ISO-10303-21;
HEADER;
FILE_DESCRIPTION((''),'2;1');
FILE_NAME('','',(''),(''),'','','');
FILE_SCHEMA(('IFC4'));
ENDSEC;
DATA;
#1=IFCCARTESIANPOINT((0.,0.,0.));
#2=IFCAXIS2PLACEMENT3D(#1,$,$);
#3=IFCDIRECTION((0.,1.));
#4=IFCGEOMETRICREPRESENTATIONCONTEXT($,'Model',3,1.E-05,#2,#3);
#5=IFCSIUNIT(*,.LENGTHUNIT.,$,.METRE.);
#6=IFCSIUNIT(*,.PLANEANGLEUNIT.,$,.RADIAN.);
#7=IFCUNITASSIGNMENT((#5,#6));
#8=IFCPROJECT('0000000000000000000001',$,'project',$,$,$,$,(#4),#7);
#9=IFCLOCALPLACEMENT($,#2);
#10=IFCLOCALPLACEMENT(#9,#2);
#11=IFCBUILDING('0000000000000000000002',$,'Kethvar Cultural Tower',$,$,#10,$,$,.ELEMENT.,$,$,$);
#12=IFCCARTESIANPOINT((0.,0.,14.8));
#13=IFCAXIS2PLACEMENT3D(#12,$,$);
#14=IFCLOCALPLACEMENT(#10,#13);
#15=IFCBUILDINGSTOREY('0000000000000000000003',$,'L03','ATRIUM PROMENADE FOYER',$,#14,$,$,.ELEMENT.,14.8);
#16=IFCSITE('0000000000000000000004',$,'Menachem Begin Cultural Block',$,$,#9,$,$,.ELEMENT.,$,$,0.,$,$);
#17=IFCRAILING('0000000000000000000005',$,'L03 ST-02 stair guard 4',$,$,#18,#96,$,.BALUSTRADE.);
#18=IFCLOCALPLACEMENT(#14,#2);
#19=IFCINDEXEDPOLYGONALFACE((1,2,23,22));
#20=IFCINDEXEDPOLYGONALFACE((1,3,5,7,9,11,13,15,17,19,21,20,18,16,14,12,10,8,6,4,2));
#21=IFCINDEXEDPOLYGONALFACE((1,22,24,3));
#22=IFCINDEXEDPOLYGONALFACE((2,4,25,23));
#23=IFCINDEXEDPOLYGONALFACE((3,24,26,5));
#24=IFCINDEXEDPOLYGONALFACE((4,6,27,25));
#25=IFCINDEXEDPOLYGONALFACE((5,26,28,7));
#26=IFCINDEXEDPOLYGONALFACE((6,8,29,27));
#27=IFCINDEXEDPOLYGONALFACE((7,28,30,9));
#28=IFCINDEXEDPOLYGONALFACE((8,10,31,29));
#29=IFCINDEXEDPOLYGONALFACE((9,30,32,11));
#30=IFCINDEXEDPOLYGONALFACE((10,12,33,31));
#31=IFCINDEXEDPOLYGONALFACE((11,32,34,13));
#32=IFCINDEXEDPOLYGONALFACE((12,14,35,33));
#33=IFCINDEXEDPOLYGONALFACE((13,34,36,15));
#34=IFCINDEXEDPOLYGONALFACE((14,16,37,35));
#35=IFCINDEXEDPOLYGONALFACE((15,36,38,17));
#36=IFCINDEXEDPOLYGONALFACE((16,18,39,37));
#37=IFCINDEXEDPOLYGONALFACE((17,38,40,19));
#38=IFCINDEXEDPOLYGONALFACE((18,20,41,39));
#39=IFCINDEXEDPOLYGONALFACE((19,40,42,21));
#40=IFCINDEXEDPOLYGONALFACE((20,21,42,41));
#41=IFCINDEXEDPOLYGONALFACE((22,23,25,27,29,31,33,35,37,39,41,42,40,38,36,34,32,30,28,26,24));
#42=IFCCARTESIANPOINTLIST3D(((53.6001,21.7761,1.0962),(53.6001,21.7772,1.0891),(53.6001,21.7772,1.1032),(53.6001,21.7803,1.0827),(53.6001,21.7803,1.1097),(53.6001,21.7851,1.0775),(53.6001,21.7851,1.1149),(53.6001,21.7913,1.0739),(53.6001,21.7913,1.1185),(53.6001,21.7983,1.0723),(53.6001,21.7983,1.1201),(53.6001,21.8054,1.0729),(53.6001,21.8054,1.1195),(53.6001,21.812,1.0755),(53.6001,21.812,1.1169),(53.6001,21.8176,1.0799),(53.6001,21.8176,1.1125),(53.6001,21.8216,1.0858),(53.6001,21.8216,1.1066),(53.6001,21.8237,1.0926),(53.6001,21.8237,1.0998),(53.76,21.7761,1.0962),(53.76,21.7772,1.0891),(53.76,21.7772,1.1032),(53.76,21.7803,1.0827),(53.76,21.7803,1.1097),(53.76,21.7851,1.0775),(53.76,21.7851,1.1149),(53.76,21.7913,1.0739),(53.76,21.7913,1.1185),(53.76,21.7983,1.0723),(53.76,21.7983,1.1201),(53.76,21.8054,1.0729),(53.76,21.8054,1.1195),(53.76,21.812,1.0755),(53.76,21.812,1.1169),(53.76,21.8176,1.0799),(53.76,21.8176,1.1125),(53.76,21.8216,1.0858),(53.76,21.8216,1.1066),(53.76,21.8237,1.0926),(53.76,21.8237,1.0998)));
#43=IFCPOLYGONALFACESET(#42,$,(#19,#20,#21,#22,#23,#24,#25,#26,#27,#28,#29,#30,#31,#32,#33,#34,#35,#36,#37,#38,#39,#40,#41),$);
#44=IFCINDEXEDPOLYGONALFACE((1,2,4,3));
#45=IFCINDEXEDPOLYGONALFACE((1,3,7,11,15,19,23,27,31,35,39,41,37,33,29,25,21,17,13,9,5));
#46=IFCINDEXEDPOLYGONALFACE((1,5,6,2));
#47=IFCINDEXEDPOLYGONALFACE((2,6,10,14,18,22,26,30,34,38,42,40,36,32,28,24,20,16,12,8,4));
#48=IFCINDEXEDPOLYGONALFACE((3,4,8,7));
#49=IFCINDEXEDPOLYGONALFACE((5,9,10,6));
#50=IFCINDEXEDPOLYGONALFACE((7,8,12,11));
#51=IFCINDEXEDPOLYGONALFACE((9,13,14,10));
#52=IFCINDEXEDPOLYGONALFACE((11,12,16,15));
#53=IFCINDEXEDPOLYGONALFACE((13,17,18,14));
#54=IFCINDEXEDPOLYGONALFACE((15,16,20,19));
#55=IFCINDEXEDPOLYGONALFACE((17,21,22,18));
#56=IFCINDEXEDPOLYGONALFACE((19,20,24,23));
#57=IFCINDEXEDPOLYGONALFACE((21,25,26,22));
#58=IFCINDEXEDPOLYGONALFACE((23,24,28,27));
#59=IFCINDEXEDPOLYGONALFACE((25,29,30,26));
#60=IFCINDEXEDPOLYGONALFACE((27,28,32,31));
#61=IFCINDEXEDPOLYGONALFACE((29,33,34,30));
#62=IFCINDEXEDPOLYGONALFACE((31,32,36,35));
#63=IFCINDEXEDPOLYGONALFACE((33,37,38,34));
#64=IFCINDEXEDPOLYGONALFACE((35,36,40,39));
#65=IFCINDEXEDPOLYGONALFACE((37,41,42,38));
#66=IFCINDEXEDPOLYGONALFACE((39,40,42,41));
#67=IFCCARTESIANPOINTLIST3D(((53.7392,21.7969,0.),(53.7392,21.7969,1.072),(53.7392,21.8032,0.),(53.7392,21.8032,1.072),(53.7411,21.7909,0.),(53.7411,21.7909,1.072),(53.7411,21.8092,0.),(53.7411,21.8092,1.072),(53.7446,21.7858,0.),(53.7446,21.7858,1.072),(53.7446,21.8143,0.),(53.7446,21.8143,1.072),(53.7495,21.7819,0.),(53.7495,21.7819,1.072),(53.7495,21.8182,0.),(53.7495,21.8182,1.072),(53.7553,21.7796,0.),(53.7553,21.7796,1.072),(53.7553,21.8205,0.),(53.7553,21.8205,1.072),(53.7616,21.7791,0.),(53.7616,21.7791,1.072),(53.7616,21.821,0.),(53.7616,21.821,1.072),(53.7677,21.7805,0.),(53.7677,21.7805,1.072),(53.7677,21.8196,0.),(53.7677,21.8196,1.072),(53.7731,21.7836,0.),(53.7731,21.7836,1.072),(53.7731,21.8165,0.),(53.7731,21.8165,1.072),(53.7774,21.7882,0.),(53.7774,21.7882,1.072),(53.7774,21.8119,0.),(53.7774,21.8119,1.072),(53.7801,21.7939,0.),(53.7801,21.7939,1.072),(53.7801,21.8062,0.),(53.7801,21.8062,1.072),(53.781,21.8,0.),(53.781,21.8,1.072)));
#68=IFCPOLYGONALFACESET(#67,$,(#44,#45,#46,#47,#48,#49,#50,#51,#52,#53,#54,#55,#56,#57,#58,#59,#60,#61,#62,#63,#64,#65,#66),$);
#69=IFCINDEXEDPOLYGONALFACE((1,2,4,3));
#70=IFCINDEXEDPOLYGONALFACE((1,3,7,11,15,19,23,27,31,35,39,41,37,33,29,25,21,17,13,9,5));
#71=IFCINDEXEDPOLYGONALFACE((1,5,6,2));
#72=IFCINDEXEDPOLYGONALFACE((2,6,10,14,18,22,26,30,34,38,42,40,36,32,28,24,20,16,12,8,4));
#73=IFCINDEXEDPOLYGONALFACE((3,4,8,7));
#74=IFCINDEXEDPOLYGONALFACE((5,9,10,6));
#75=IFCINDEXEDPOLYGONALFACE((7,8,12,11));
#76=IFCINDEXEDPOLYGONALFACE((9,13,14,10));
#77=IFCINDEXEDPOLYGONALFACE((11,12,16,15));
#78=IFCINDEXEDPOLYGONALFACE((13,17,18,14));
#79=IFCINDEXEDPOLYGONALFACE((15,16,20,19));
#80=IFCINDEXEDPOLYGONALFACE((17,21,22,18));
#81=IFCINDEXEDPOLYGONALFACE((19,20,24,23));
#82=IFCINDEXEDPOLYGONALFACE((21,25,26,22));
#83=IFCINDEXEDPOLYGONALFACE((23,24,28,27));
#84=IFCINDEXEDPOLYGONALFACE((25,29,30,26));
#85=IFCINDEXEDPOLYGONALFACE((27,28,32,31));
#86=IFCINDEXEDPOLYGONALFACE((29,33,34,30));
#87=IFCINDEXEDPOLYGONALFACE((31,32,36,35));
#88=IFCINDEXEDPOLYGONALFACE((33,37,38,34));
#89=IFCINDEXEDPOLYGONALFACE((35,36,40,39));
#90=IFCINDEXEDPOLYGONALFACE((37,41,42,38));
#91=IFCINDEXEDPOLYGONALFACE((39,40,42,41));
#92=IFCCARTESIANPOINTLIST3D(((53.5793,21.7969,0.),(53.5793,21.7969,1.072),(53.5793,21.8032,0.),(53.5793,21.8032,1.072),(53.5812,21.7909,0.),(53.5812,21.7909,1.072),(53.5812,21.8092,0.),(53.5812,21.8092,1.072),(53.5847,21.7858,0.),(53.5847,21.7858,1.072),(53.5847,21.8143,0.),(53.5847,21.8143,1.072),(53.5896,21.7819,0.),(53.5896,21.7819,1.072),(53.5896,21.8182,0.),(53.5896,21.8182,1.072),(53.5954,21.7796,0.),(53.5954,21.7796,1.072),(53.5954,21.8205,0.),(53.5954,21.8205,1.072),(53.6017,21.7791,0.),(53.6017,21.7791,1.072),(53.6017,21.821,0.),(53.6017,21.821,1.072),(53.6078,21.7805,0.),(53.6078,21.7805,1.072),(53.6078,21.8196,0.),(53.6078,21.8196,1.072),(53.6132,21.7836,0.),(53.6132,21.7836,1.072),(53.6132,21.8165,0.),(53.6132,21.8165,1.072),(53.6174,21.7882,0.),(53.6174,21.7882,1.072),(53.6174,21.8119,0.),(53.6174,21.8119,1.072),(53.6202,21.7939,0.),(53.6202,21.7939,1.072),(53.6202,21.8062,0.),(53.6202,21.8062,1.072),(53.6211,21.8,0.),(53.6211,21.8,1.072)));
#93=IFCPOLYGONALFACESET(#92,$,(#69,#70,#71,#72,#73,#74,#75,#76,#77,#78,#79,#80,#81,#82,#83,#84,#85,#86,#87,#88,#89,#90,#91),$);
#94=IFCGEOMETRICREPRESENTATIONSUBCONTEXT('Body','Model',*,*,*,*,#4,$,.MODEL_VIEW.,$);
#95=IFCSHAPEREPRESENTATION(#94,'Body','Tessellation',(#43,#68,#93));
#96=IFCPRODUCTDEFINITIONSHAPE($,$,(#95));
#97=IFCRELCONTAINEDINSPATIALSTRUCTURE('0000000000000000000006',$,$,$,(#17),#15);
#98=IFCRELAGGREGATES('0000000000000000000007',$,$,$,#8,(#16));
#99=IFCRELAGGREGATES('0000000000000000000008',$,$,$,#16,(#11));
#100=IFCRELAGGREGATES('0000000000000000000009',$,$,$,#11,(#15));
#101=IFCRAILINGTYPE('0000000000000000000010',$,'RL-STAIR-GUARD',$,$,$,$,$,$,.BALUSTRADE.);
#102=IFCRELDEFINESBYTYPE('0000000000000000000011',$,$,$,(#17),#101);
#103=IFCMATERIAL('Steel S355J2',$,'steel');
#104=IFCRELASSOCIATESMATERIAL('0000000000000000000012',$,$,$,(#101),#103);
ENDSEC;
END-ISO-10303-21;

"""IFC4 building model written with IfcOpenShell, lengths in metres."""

from ifc_helpers import new_model, si_unit, direction, frame, origin, origin_2d, place, context, subcontext, project, spatial, circle, extrude, material, type_object, element, save


model = new_model("IFC4")

# Units and contexts
model_context = context("Model", 3, precision=1e-05, world=origin(), true_north=direction((0.0, 1.0)))
body_context = subcontext(model_context, "Body", "Model", "MODEL_VIEW")
ifc_project = project(units=[si_unit("LENGTHUNIT", "METRE"), si_unit("PLANEANGLEUNIT", "RADIAN")], contexts=[model_context])

# Site, building, storey
site_placement = place(None, origin())
site = spatial("IfcSite", under=ifc_project, at=site_placement, Name="Menachem Begin Cultural Block", CompositionType="ELEMENT", RefElevation=0.0)
building_placement = place(site_placement, origin())
building = spatial("IfcBuilding", under=site, at=building_placement, Name="Kethvar Cultural Tower", CompositionType="ELEMENT")
storey_placement = place(building_placement, frame((0.0, 0.0, 14.8)))
storey = spatial("IfcBuildingStorey", under=building, at=storey_placement, Name="L03", Description="ATRIUM PROMENADE FOYER", CompositionType="ELEMENT", Elevation=14.8)

# Shared definitions
ifc_material_1 = material(Name="Steel S355J2", Category="steel")

# Railing
railing_type_1 = type_object("IfcRailingType", Name="RL-STAIR-GUARD", PredefinedType="BALUSTRADE", material=ifc_material_1)
railing_1_placement = place(storey_placement, frame((53.76, 21.8, 0.0)))
element("IfcRailing", 1, at=railing_1_placement, inside=storey, type_object=railing_type_1, Name="L03 ST-02 stair guard 4", PredefinedType="BALUSTRADE", context=body_context, shape_type="SweptSolid", body=[
    extrude(circle(Radius=0.0239, at=origin_2d()), frame((0.0, 0.0, 1.0962), z_axis=(-1.0, 0.0, 0.0), x_axis=(0.0, -1.0, 0.0)), (0.0, 0.0, 1.0), 0.1599),
    extrude(circle(Radius=0.021, at=origin_2d()), origin(), (0.0, 0.0, 1.0), 1.072),
    extrude(circle(Radius=0.021, at=origin_2d()), frame((-0.1599, 0.0, 0.0)), (0.0, 0.0, 1.0), 1.072),
])

save(model, "model.ifc")
